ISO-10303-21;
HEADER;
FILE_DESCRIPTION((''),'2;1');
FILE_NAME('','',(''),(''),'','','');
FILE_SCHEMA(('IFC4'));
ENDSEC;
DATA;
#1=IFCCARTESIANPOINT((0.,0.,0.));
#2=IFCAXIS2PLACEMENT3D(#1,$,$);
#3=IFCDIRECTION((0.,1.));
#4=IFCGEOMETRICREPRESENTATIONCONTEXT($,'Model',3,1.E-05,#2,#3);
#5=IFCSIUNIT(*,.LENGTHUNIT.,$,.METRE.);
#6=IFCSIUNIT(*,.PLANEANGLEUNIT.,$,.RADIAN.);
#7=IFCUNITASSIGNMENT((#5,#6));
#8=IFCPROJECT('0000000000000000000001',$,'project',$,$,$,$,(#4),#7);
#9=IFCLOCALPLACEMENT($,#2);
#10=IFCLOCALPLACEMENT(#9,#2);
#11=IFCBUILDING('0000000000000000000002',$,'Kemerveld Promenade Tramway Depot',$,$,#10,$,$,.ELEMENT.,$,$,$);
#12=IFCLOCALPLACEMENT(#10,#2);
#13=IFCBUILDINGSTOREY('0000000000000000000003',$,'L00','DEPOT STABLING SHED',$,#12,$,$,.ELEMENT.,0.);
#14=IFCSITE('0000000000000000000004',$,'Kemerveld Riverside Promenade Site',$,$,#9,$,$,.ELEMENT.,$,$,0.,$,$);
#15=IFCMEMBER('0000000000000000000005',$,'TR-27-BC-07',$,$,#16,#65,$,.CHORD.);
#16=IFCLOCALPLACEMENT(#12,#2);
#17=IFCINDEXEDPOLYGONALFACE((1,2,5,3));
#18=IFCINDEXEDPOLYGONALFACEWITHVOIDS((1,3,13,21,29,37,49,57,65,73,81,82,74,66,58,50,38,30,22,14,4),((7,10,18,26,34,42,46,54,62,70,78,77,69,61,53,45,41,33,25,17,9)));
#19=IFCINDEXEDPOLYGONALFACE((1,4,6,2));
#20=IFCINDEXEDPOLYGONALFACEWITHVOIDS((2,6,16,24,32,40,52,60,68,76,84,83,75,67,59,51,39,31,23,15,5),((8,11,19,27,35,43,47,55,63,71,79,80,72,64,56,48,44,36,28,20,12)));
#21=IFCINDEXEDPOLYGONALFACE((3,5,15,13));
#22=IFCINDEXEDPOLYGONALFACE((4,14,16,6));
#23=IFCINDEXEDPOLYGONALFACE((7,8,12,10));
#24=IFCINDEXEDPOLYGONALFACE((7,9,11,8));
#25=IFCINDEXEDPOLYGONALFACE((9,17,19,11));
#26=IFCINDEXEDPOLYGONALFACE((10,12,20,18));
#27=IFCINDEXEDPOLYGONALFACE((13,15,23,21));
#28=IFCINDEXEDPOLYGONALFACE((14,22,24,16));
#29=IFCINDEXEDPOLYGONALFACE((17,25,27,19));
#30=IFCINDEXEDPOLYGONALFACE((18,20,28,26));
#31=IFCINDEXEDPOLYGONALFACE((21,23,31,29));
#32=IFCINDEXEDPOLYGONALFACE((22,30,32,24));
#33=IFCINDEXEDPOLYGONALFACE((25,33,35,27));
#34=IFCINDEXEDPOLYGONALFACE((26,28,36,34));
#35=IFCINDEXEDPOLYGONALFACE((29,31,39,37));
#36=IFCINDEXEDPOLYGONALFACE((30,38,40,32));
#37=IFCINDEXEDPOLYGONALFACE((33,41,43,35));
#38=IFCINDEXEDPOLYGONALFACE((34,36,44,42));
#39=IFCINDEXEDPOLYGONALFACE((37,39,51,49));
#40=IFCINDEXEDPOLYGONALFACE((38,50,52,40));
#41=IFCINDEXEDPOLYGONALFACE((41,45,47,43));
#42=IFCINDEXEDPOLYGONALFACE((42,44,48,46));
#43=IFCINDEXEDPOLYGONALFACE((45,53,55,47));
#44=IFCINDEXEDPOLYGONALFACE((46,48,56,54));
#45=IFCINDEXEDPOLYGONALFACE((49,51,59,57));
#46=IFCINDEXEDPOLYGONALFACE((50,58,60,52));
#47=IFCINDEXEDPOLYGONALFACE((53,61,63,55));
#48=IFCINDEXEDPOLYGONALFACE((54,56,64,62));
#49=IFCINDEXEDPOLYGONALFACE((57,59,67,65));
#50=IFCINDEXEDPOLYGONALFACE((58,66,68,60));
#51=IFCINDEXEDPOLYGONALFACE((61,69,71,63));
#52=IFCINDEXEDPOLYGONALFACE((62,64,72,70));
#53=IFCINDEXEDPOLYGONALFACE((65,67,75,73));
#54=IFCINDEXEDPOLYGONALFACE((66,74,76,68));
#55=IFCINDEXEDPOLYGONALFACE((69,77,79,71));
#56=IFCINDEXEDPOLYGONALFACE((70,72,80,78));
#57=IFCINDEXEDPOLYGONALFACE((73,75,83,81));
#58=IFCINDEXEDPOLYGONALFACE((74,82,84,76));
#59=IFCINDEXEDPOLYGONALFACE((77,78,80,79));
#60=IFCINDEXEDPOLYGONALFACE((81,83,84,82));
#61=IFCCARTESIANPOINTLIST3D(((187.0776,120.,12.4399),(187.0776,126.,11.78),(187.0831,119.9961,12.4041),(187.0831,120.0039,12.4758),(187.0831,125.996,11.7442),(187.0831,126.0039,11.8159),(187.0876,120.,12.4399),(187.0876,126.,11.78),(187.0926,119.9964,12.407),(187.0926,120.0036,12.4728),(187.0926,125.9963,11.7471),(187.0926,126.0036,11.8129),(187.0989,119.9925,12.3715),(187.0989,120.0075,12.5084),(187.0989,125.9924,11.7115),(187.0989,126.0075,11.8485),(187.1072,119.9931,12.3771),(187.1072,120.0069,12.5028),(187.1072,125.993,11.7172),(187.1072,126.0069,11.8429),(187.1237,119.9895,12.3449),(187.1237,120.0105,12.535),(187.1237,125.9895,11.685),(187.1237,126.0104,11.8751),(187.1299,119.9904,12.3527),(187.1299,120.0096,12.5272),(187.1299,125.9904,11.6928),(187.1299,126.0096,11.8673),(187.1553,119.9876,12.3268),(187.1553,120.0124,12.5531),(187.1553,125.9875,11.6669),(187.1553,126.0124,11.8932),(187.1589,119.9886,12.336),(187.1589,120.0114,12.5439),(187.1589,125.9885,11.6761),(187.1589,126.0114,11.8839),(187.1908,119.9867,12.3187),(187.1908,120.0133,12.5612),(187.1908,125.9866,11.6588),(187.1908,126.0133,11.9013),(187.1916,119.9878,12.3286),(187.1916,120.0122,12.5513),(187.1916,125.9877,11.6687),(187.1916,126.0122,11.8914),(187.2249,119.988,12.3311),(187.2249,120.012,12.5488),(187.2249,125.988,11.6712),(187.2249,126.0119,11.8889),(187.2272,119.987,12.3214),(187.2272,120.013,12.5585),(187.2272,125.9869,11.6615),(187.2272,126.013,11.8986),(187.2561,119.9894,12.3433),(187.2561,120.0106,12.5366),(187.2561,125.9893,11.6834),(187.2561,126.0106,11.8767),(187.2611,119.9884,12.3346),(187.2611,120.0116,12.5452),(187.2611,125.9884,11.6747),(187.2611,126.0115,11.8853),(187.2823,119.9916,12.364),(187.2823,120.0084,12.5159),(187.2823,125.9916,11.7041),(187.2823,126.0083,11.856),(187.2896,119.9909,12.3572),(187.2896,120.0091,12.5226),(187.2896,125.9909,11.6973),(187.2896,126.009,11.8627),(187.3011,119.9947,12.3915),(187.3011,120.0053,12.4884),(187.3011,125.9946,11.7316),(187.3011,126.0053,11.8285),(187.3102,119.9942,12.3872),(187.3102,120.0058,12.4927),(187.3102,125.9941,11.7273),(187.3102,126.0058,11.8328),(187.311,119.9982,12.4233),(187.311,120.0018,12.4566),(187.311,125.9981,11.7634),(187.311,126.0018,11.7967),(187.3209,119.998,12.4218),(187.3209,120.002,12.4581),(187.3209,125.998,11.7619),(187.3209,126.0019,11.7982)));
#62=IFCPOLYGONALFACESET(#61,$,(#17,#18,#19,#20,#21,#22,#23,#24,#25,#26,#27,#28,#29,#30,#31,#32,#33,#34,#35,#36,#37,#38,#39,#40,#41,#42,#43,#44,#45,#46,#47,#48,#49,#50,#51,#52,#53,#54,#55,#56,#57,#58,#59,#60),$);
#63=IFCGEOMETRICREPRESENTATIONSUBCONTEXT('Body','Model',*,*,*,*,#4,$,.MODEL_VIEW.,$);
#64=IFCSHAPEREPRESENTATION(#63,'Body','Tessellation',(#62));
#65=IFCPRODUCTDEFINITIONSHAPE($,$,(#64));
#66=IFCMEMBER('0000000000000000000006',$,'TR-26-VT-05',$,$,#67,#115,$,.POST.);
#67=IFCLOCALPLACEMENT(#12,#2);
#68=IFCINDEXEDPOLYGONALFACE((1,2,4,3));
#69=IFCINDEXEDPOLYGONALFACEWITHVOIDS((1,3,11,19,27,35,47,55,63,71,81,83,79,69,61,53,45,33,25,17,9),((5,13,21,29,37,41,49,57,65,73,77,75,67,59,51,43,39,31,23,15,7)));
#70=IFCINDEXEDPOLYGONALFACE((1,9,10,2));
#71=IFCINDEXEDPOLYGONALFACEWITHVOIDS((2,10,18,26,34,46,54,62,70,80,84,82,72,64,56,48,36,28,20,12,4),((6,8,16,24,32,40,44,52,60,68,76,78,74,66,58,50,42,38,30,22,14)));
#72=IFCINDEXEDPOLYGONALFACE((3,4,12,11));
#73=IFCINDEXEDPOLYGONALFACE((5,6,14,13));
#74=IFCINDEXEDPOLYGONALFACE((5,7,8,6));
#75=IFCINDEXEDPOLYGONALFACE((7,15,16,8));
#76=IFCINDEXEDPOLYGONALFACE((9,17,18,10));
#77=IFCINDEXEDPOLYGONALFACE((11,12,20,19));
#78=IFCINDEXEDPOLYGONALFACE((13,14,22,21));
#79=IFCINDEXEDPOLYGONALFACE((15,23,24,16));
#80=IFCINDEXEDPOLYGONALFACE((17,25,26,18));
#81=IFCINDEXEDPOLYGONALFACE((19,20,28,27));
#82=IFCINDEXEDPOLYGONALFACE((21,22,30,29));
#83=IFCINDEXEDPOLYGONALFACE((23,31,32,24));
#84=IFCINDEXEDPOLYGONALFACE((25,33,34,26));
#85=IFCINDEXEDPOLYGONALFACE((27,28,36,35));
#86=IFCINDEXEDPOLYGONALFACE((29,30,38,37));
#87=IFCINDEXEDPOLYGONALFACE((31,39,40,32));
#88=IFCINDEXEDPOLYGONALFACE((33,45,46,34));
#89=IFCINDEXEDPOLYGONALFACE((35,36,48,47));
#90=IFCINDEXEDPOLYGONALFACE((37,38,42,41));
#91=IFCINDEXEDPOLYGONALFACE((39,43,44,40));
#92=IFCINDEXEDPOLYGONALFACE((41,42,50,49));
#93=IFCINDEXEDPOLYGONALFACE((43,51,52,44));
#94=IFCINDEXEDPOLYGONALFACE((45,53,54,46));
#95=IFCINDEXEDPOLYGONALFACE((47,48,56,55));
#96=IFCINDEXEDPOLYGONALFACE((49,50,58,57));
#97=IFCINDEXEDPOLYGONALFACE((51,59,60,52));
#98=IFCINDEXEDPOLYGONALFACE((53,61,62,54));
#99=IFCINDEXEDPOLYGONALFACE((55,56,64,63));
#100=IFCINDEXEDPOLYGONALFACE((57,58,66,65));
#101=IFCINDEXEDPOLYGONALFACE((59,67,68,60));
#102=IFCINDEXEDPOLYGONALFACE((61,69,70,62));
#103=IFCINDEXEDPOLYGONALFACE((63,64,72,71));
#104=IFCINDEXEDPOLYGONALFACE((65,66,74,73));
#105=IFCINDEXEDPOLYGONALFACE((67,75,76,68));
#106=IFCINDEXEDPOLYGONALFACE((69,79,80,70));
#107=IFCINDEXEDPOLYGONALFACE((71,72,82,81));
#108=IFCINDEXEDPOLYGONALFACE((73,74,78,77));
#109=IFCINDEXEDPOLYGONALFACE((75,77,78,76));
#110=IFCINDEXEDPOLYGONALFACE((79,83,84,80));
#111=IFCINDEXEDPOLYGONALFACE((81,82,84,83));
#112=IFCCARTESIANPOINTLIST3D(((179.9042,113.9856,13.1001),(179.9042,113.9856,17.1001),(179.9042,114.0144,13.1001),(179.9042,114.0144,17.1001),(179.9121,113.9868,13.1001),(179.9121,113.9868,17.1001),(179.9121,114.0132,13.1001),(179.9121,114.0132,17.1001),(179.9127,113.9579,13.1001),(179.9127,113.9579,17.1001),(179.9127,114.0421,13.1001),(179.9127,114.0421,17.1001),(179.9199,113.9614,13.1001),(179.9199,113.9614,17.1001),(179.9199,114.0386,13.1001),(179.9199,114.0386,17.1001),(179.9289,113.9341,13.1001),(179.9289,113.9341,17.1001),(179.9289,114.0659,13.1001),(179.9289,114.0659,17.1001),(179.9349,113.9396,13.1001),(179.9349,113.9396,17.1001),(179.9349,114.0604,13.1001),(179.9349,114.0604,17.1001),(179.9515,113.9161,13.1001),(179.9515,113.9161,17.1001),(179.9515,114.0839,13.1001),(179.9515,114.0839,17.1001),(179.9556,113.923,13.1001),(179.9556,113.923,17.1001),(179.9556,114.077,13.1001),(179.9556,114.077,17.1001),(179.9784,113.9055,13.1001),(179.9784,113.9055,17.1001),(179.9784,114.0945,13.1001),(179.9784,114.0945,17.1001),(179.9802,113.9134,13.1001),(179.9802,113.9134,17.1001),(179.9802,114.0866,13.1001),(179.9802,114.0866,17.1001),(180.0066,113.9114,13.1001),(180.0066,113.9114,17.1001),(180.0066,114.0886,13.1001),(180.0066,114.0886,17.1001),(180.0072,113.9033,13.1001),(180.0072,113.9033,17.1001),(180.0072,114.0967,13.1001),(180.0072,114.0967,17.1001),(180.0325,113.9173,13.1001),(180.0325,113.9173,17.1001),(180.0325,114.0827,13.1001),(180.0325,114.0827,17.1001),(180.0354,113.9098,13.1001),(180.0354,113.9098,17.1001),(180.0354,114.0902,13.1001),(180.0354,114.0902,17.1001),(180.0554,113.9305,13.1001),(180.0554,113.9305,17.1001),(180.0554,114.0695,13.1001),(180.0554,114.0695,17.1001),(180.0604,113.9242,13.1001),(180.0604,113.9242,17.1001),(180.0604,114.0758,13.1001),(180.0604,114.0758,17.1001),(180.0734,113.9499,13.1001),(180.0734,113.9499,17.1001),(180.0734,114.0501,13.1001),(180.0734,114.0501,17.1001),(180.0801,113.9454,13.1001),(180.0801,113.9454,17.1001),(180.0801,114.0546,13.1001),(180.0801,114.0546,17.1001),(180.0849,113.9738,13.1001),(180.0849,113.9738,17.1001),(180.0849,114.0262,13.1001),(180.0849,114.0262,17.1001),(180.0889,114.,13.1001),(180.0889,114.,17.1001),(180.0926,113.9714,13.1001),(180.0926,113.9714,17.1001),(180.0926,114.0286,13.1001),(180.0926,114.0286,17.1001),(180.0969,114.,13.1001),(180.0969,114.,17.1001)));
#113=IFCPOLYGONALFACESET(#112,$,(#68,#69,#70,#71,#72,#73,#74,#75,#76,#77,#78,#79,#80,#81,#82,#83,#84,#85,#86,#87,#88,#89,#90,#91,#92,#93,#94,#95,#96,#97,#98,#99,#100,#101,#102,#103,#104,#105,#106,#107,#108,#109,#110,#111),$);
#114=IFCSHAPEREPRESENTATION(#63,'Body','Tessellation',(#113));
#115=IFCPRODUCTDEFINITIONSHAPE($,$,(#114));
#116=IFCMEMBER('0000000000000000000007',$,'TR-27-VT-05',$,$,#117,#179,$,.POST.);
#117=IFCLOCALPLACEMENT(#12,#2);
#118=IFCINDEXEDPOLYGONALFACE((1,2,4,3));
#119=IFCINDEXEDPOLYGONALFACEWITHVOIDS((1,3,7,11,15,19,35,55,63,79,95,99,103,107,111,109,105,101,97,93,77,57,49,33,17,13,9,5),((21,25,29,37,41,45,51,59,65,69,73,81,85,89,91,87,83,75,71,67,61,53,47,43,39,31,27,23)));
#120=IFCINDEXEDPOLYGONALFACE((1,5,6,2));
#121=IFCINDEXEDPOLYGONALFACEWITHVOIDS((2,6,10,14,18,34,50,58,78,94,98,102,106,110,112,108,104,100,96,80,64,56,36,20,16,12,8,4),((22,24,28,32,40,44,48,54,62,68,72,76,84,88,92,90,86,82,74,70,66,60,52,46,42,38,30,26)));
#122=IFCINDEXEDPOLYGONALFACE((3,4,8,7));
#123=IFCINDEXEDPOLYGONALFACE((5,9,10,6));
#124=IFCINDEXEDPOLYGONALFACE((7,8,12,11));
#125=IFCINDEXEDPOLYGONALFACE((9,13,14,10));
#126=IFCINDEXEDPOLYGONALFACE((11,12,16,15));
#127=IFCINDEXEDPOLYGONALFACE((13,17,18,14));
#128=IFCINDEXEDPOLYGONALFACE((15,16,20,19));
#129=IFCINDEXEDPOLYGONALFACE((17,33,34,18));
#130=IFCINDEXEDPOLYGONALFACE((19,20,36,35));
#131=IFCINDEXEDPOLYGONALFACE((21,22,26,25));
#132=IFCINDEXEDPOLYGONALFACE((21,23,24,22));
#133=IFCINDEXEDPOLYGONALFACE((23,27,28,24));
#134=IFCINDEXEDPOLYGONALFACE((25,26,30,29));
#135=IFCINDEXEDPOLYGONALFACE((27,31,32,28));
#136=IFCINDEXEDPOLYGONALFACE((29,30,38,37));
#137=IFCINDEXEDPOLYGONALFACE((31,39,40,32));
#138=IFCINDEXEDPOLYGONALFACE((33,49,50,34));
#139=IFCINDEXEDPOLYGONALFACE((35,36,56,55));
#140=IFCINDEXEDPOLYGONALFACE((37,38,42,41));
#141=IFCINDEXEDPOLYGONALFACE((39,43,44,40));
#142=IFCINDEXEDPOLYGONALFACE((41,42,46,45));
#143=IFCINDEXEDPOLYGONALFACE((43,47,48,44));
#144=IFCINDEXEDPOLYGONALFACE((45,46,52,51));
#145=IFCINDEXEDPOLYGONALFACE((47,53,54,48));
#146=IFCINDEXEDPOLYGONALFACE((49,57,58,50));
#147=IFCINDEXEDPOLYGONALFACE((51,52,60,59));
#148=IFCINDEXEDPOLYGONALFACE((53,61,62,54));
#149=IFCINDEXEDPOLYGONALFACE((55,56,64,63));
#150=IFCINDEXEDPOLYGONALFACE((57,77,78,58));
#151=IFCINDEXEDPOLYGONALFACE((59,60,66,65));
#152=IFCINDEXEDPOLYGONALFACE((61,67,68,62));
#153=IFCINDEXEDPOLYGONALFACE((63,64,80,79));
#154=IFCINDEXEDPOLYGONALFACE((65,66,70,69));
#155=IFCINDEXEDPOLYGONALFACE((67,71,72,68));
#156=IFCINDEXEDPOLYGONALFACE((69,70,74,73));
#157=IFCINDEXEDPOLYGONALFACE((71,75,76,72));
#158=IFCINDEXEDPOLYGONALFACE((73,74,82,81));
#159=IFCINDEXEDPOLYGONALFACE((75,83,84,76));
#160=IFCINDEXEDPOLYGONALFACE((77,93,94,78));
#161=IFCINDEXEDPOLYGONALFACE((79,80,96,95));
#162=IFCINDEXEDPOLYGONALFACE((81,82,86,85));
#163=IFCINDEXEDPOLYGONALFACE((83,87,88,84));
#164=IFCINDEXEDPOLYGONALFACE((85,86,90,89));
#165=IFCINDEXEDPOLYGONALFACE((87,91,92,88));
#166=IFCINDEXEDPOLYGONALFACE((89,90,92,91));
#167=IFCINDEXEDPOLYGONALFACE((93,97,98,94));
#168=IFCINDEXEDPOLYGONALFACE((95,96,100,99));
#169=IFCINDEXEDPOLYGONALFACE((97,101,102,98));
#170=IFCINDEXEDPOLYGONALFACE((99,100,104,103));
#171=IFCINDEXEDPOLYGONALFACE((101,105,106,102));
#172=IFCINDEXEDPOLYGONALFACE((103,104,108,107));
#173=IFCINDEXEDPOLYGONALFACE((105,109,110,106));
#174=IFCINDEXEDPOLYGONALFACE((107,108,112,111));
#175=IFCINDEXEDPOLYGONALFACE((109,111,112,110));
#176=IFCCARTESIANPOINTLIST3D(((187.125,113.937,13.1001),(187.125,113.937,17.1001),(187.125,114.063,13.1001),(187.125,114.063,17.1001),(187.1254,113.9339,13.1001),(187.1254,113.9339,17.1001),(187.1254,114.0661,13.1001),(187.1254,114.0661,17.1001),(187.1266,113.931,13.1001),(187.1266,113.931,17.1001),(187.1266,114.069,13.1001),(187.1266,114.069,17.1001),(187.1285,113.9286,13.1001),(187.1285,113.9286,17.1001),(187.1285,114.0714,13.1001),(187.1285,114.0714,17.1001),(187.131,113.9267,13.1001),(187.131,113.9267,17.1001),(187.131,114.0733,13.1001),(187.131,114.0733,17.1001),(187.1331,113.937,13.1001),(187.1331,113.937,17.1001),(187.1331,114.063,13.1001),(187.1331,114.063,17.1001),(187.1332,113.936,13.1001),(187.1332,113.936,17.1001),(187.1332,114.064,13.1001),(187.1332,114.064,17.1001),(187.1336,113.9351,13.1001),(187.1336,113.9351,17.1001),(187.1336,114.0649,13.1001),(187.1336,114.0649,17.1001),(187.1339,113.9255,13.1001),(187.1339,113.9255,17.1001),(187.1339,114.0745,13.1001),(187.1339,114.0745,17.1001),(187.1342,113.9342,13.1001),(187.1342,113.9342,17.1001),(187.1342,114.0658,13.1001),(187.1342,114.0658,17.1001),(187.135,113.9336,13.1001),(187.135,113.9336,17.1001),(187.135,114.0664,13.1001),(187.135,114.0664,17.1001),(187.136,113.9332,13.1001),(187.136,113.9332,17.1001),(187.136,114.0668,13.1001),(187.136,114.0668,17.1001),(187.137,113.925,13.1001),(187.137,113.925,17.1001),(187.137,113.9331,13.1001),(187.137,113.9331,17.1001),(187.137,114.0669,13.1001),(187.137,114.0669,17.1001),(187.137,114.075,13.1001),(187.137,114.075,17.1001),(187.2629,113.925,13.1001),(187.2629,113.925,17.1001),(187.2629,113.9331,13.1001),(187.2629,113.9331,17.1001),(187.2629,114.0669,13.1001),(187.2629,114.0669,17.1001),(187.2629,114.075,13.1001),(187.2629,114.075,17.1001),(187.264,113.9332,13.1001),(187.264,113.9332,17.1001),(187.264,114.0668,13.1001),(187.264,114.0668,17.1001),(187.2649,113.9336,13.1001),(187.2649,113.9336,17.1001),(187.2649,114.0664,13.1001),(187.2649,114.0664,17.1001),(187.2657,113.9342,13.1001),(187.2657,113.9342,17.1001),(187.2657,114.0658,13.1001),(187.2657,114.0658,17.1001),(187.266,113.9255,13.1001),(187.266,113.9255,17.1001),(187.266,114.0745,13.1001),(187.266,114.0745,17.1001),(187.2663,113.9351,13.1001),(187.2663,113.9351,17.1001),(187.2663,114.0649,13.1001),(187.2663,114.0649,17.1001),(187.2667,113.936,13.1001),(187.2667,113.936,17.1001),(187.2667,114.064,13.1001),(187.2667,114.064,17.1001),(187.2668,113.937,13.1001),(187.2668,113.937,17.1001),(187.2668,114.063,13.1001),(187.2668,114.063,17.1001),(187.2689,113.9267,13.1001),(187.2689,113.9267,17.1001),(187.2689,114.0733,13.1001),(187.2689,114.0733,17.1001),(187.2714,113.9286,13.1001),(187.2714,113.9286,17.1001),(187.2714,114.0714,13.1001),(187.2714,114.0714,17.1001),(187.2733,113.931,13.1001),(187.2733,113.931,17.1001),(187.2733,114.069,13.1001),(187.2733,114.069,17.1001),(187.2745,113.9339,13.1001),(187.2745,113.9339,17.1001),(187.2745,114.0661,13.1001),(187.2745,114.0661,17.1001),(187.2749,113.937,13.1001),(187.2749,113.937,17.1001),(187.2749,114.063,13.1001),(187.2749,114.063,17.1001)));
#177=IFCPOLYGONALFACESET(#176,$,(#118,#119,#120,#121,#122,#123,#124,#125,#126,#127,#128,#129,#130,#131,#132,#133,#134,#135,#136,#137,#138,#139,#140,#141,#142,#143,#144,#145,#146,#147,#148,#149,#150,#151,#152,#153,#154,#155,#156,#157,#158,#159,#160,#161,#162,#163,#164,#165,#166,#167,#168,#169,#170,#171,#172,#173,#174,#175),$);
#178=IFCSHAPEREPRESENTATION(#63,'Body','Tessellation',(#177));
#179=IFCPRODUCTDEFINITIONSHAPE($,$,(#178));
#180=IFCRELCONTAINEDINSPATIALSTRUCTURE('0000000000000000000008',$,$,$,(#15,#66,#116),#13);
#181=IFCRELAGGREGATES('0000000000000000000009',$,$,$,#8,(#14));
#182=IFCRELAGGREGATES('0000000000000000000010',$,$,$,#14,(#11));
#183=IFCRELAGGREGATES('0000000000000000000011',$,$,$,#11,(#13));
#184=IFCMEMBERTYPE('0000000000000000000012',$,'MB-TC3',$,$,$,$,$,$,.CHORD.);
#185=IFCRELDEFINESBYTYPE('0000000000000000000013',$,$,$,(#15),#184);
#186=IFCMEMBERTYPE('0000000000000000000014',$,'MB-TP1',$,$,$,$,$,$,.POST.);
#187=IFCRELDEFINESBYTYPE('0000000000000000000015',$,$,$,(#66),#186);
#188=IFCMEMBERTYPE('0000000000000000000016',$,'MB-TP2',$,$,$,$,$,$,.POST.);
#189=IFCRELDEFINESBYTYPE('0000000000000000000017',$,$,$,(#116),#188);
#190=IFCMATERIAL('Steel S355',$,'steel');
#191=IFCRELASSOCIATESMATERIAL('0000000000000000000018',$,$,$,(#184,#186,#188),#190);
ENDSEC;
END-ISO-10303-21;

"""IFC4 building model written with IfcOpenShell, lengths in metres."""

from ifc_helpers import new_model, si_unit, direction, frame, origin, origin_2d, place, context, subcontext, project, spatial, hollow_rectangle, hollow_circle, extrude, material, material_profile, profile_set, type_object, element, save


model = new_model("IFC4")

# Units and contexts
model_context = context("Model", 3, precision=1e-05, world=origin(), true_north=direction((0.0, 1.0)))
body_context = subcontext(model_context, "Body", "Model", "MODEL_VIEW")
ifc_project = project(units=[si_unit("LENGTHUNIT", "METRE"), si_unit("PLANEANGLEUNIT", "RADIAN")], contexts=[model_context])

# Site, building, storey
site_placement = place(None, origin())
site = spatial("IfcSite", under=ifc_project, at=site_placement, Name="Kemerveld Riverside Promenade Site", CompositionType="ELEMENT", RefElevation=0.0)
building_placement = place(site_placement, origin())
building = spatial("IfcBuilding", under=site, at=building_placement, Name="Kemerveld Promenade Tramway Depot", CompositionType="ELEMENT")
storey_placement = place(building_placement, origin())
storey = spatial("IfcBuildingStorey", under=building, at=storey_placement, Name="L00", Description="DEPOT STABLING SHED", CompositionType="ELEMENT", Elevation=0.0)

# Members
ifc_material = material(Name="Steel S355", Category="steel")
ifc_material_profile_1 = material_profile(ifc_material, hollow_circle(Radius=0.1223, WallThickness=0.01, at=origin_2d()), Name="244.5x10.0 CHS")
ifc_profile_set_1 = profile_set([ifc_material_profile_1], Name="Steel S355")
member_type_1 = type_object("IfcMemberType", Name="MB-TC3", PredefinedType="CHORD", material=ifc_profile_set_1)
for number, where, z_axis, x_axis, name in (
    (1, (187.2, 120.0, 12.4399), (0.0, 0.994006, -0.109326), (-1.0, 0.0, 0.0), "TR-27-BC-07"),
):
    element("IfcMember", number, at=place(storey_placement, frame(where, z_axis=z_axis, x_axis=x_axis)), inside=storey, type_object=member_type_1, Name=name, PredefinedType="CHORD", context=body_context, shape_type="SweptSolid", body=[
        extrude(hollow_circle(Radius=0.1223, WallThickness=0.01, at=origin_2d()), origin(), (0.0, 0.0, 1.0), 6.0361),
    ])
ifc_material_profile_2 = material_profile(ifc_material, hollow_circle(Radius=0.0969, WallThickness=0.0081, at=origin_2d()), Name="193.7x8.0 CHS")
ifc_profile_set_2 = profile_set([ifc_material_profile_2], Name="Steel S355")
member_type_2 = type_object("IfcMemberType", Name="MB-TP1", PredefinedType="POST", material=ifc_profile_set_2)
member_1_placement = place(storey_placement, frame((180.0, 114.0, 13.1001), z_axis=(0.0, 0.0, 1.0), x_axis=(1.0, 0.0, 0.0)))
element("IfcMember", 2, at=member_1_placement, inside=storey, type_object=member_type_2, Name="TR-26-VT-05", PredefinedType="POST", context=body_context, shape_type="SweptSolid", body=[
    extrude(hollow_circle(Radius=0.0969, WallThickness=0.0081, at=origin_2d()), origin(), (0.0, 0.0, 1.0), 4.0),
])
ifc_material_profile_3 = material_profile(ifc_material, hollow_rectangle(XDim=0.1499, YDim=0.1499, WallThickness=0.0081, InnerFilletRadius=0.0039, OuterFilletRadius=0.012, at=origin_2d()), Name="150x150x8.0 SHS")
ifc_profile_set_3 = profile_set([ifc_material_profile_3], Name="Steel S355")
member_type_3 = type_object("IfcMemberType", Name="MB-TP2", PredefinedType="POST", material=ifc_profile_set_3)
member_2_placement = place(storey_placement, frame((187.2, 114.0, 13.1001), z_axis=(0.0, 0.0, 1.0), x_axis=(1.0, 0.0, 0.0)))
element("IfcMember", 3, at=member_2_placement, inside=storey, type_object=member_type_3, Name="TR-27-VT-05", PredefinedType="POST", context=body_context, shape_type="SweptSolid", body=[
    extrude(hollow_rectangle(XDim=0.1499, YDim=0.1499, WallThickness=0.0081, InnerFilletRadius=0.0039, OuterFilletRadius=0.012, at=origin_2d()), origin(), (0.0, 0.0, 1.0), 4.0),
])

save(model, "model.ifc")
